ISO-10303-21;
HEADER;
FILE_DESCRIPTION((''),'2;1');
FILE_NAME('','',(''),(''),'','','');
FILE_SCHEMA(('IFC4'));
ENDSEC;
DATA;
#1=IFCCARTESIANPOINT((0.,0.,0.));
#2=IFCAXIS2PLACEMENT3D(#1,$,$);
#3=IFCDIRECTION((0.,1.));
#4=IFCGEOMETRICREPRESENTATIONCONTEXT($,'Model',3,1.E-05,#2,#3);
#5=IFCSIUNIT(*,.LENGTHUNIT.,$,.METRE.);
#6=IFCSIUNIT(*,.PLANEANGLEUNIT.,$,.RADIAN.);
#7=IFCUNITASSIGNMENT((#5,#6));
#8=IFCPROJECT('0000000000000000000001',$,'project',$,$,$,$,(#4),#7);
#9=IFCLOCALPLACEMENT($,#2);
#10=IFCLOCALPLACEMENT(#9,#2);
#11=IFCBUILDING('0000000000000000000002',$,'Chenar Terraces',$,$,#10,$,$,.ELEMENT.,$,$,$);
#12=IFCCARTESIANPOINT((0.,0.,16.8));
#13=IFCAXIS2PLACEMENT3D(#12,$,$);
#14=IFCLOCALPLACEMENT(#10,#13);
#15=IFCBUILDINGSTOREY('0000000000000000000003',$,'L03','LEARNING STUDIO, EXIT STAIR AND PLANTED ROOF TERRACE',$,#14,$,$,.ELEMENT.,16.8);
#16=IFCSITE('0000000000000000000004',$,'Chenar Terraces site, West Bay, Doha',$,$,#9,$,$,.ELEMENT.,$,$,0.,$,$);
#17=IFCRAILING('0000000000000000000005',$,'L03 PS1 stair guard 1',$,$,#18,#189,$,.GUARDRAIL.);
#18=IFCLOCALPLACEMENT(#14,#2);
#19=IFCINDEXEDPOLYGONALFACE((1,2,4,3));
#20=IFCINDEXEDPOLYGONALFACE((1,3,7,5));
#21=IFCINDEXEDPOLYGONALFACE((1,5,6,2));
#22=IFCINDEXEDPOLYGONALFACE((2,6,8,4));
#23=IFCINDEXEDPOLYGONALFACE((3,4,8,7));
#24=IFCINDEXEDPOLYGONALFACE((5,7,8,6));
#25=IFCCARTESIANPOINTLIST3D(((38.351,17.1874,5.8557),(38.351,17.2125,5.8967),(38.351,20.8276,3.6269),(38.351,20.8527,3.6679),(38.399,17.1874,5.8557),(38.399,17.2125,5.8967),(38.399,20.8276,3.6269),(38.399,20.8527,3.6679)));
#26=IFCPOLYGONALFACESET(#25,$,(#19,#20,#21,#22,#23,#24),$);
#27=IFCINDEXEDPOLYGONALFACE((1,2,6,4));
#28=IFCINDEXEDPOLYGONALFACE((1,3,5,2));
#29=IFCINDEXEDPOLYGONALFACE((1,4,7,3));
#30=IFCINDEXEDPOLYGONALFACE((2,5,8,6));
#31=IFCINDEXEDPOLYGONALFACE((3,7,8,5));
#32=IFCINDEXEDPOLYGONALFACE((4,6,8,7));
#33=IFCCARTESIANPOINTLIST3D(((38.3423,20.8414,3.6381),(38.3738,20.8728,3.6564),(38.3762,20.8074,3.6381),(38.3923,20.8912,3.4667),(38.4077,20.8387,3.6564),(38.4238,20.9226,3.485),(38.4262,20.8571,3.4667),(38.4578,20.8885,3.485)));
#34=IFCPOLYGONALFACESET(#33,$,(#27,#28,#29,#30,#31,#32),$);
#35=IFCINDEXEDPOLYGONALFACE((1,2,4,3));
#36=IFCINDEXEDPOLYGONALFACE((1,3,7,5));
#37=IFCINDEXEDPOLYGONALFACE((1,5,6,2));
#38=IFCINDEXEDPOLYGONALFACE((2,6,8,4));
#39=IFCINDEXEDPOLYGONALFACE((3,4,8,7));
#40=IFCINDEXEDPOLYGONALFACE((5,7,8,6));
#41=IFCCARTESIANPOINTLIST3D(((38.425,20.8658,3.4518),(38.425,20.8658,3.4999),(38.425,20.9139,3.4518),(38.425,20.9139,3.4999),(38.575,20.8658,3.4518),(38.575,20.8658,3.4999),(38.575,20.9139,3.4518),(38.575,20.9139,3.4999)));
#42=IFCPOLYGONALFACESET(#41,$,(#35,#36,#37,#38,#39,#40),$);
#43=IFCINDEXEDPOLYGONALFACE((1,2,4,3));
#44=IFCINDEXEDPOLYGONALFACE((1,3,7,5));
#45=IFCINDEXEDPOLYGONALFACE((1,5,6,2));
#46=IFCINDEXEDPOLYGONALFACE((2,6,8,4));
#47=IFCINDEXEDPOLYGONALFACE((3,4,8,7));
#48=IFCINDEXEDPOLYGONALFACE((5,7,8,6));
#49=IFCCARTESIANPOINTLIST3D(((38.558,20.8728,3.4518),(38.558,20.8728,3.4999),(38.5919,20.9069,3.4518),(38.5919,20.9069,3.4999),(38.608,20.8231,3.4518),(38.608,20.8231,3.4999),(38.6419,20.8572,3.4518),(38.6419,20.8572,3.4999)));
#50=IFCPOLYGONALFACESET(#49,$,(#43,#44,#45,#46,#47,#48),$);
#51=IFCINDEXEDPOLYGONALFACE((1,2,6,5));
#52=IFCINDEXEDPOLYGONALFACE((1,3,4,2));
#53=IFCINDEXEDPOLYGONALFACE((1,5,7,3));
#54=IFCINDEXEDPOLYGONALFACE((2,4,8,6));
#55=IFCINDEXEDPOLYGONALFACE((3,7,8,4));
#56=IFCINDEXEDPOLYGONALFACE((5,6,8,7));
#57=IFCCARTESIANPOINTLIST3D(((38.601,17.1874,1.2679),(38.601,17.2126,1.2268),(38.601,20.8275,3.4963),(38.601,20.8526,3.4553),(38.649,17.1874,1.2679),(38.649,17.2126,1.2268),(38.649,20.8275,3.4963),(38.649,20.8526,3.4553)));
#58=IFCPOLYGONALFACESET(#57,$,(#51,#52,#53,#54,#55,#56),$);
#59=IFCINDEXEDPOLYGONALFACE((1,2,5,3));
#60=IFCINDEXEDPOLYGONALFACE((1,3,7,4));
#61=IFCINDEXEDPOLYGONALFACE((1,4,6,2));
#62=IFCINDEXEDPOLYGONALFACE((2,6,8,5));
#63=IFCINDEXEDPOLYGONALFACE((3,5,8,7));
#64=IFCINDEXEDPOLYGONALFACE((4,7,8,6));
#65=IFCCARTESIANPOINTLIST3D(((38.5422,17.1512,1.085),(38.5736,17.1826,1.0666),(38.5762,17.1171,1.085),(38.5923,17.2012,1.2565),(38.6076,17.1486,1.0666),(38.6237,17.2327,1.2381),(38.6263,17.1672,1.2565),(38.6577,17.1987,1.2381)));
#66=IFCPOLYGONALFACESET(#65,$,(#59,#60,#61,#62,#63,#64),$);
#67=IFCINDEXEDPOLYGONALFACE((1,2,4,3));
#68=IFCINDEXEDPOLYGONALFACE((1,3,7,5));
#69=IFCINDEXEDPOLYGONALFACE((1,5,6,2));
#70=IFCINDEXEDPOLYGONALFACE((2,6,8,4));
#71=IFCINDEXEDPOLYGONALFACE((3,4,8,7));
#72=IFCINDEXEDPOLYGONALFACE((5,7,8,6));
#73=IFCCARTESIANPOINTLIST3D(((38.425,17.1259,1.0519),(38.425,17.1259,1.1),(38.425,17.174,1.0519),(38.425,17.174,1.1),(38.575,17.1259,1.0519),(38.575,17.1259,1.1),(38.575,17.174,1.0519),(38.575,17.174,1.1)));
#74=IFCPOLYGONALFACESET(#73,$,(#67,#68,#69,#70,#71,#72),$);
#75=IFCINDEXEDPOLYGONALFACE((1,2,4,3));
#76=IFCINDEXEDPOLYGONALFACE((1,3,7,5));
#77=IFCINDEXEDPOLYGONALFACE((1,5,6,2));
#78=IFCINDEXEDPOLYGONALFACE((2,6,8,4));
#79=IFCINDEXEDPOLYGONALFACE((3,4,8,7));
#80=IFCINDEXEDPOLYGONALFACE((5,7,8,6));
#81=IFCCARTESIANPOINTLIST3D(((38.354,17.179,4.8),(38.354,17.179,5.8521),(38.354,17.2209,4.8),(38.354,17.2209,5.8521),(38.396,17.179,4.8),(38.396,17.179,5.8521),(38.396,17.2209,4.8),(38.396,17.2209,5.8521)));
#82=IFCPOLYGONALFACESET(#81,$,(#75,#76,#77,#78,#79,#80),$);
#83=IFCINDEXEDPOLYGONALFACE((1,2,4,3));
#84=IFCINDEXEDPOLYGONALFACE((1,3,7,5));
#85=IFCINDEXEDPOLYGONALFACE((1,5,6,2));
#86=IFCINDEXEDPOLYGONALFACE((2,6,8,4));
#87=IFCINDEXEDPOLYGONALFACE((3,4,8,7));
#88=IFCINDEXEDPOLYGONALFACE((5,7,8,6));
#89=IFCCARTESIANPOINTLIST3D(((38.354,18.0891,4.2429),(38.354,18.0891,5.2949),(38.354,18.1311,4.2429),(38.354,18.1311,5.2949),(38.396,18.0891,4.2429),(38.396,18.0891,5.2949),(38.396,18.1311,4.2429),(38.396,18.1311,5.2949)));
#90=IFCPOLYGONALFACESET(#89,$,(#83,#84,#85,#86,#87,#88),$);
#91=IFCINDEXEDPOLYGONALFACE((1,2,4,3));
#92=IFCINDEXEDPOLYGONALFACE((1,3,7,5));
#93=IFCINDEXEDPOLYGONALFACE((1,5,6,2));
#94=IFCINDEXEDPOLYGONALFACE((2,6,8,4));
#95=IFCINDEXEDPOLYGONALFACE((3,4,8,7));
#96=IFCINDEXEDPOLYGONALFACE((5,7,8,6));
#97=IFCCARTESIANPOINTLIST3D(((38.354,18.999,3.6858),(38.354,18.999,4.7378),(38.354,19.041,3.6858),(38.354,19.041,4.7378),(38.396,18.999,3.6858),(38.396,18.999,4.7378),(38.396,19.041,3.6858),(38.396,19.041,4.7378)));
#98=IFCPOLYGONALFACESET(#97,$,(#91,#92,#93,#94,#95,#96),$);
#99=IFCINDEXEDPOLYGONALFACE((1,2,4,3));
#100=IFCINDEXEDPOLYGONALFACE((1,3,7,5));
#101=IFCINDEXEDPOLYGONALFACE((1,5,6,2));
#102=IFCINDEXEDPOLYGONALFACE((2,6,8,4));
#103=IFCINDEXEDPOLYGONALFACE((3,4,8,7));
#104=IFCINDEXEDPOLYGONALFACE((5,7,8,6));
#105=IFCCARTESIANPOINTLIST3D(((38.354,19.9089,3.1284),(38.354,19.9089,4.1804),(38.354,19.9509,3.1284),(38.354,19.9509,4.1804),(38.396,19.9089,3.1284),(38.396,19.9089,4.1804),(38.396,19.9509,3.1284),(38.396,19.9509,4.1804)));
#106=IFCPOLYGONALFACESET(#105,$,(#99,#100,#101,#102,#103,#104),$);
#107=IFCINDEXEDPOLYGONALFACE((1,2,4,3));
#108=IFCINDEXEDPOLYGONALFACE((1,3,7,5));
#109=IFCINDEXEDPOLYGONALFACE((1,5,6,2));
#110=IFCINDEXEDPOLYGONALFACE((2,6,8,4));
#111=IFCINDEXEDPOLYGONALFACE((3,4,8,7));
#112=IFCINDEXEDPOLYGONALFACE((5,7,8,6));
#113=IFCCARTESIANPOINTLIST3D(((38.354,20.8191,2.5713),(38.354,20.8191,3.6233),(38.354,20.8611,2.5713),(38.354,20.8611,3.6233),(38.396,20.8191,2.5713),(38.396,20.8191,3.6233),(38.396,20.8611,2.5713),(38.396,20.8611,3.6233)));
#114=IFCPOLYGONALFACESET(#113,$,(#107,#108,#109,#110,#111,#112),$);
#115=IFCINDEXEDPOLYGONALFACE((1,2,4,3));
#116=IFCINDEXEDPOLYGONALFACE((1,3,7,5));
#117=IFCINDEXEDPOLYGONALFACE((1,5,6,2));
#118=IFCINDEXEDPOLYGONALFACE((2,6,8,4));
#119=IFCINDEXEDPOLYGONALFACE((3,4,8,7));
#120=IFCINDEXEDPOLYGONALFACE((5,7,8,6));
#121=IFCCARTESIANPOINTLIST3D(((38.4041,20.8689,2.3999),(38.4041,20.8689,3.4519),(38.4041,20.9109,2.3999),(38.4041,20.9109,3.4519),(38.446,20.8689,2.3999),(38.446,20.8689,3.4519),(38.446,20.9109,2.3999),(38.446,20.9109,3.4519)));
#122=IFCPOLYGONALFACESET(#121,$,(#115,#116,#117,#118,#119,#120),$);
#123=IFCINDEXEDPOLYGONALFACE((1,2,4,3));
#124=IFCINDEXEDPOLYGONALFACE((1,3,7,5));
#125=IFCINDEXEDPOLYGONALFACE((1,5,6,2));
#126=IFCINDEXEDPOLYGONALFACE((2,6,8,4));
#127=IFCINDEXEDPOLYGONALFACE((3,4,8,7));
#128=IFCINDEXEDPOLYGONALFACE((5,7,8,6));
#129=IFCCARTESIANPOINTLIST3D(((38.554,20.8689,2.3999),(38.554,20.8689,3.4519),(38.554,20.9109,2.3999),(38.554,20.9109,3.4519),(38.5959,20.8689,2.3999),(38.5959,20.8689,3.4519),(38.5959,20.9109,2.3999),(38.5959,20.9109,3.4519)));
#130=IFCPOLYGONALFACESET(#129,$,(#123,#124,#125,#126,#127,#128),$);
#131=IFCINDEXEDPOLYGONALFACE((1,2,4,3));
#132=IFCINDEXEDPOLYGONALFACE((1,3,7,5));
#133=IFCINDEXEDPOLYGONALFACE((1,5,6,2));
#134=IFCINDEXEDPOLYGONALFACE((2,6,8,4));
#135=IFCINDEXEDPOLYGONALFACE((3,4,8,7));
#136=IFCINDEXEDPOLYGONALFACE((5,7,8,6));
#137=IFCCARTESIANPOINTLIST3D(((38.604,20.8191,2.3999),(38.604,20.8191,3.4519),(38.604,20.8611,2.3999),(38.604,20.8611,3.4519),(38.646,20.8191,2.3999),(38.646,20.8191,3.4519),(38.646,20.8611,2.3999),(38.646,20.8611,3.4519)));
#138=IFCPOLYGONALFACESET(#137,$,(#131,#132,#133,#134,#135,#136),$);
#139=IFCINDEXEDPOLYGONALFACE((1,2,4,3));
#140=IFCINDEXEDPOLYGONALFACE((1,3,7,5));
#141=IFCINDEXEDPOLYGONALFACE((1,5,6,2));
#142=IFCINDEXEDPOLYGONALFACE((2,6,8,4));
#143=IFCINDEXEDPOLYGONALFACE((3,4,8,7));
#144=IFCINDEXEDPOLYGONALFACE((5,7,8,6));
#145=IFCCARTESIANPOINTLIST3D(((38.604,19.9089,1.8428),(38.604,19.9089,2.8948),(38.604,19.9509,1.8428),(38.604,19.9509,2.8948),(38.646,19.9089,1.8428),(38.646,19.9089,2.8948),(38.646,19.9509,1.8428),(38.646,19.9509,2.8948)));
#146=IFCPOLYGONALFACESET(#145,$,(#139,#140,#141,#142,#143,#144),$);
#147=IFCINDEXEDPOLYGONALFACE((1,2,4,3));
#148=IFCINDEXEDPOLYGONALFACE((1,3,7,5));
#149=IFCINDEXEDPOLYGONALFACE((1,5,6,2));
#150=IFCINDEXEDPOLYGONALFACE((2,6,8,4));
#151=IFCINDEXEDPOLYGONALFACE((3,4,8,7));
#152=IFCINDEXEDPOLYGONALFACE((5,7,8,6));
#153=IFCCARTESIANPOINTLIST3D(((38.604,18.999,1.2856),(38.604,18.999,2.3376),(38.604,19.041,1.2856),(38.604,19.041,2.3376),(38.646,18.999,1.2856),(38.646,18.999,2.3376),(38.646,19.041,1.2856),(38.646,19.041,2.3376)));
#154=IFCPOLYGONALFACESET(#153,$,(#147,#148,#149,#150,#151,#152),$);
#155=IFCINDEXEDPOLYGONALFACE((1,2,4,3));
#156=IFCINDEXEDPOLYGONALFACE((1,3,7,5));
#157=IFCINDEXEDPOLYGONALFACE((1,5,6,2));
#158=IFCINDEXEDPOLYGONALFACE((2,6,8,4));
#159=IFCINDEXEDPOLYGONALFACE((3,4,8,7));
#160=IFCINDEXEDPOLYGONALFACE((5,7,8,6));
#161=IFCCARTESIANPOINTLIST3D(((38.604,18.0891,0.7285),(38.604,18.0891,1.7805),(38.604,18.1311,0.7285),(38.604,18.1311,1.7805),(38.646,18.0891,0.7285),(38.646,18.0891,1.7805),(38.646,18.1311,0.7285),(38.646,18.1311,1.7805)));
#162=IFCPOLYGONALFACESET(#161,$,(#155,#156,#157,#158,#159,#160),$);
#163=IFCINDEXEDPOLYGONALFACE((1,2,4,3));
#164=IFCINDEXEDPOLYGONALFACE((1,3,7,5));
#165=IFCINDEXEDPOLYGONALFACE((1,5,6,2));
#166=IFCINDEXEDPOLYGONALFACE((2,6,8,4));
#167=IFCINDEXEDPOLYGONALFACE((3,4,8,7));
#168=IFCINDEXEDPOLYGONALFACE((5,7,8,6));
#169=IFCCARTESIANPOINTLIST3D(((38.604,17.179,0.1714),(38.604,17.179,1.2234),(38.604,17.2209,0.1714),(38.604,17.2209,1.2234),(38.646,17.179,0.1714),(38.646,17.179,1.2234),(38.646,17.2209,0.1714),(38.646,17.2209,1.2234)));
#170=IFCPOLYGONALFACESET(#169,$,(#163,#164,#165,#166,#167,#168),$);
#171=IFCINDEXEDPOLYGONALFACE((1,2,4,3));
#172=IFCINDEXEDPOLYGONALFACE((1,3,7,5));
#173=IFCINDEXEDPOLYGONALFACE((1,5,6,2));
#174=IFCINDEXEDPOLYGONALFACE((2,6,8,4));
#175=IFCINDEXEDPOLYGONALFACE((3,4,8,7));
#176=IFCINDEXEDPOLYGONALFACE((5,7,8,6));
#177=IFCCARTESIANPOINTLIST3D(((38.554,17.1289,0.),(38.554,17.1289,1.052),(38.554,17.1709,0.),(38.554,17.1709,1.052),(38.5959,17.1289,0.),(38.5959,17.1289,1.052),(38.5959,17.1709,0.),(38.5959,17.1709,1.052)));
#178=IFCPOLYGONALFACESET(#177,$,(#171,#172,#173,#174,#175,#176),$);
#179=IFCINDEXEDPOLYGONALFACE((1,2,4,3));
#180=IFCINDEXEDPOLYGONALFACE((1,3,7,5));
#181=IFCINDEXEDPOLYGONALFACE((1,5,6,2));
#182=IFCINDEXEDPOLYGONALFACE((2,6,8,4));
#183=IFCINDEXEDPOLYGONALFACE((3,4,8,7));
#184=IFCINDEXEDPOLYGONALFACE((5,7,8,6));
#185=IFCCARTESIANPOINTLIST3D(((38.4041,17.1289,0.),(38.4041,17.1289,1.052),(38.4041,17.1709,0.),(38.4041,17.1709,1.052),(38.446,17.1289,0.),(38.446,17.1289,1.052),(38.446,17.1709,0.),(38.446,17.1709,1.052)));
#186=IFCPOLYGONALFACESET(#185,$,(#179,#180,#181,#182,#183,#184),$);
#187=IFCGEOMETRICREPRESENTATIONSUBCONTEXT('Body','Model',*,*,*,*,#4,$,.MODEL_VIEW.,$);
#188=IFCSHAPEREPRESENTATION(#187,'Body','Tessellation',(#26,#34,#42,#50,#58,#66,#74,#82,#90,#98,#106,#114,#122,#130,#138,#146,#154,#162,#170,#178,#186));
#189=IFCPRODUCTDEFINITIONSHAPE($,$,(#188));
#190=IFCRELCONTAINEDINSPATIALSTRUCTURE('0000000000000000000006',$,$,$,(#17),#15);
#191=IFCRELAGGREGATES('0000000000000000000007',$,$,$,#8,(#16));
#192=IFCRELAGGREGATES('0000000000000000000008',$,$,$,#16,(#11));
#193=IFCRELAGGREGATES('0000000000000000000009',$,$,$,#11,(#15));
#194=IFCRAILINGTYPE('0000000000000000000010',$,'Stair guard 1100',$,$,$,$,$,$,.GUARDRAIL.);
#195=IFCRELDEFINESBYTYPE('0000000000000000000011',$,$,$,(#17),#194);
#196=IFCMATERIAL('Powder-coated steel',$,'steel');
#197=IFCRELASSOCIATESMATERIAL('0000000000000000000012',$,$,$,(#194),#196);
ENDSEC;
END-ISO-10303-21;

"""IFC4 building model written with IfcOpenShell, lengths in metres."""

from ifc_helpers import new_model, si_unit, direction, frame, origin, origin_2d, place, context, subcontext, project, spatial, rectangle, extrude, material, type_object, element, save


model = new_model("IFC4")

# Units and contexts
model_context = context("Model", 3, precision=1e-05, world=origin(), true_north=direction((0.0, 1.0)))
body_context = subcontext(model_context, "Body", "Model", "MODEL_VIEW")
ifc_project = project(units=[si_unit("LENGTHUNIT", "METRE"), si_unit("PLANEANGLEUNIT", "RADIAN")], contexts=[model_context])

# Site, building, storey
site_placement = place(None, origin())
site = spatial("IfcSite", under=ifc_project, at=site_placement, Name="Chenar Terraces site, West Bay, Doha", CompositionType="ELEMENT", RefElevation=0.0)
building_placement = place(site_placement, origin())
building = spatial("IfcBuilding", under=site, at=building_placement, Name="Chenar Terraces", CompositionType="ELEMENT")
storey_placement = place(building_placement, frame((0.0, 0.0, 16.8)))
storey = spatial("IfcBuildingStorey", under=building, at=storey_placement, Name="L03", Description="LEARNING STUDIO, EXIT STAIR AND PLANTED ROOF TERRACE", CompositionType="ELEMENT", Elevation=16.8)

# Railing
ifc_material_1 = material(Name="Powder-coated steel", Category="steel")
railing_type_1 = type_object("IfcRailingType", Name="Stair guard 1100", PredefinedType="GUARDRAIL", material=ifc_material_1)
railing_1_placement = place(storey_placement, frame((38.375, 17.2, 4.8)))
element("IfcRailing", 1, at=railing_1_placement, inside=storey, type_object=railing_type_1, Name="L03 PS1 stair guard 1", PredefinedType="GUARDRAIL", context=body_context, shape_type="SweptSolid", body=[
    extrude(rectangle(XDim=0.0481, YDim=0.0481, at=origin_2d()), frame((0.0, 0.0, 1.0762), z_axis=(0.0, 0.85284, -0.522172), x_axis=(-1.0, 0.0, 0.0)), (0.0, 0.0, 1.0), 4.2683),
    extrude(rectangle(XDim=0.0481, YDim=0.0481, at=origin_2d()), frame((0.0, 3.6401, -1.1528), z_axis=(0.270007, 0.26869, -0.924609), x_axis=(-0.705376, 0.708834, 0.0)), (0.0, 0.0, 1.0), 0.1853),
    extrude(rectangle(XDim=0.0481, YDim=0.0481, at=origin_2d()), frame((0.05, 3.6899, -1.3242), z_axis=(1.0, 0.0, 0.0), x_axis=(0.0, 1.0, 0.0)), (0.0, 0.0, 1.0), 0.1499),
    extrude(rectangle(XDim=0.0481, YDim=0.0481, at=origin_2d()), frame((0.2, 3.6899, -1.3242), z_axis=(0.708834, -0.705376, 0.0), x_axis=(0.705376, 0.708834, 0.0)), (0.0, 0.0, 1.0), 0.0706),
    extrude(rectangle(XDim=0.0481, YDim=0.0481, at=origin_2d()), frame((0.25, 3.6401, -1.3242), z_axis=(0.0, -0.852866, -0.52213), x_axis=(1.0, 0.0, 0.0)), (0.0, 0.0, 1.0), 4.2681),
    extrude(rectangle(XDim=0.0481, YDim=0.0481, at=origin_2d()), frame((0.25, 0.0, -3.5527), z_axis=(-0.269911, -0.269911, -0.924281), x_axis=(0.707107, -0.707107, 0.0)), (0.0, 0.0, 1.0), 0.1855),
    extrude(rectangle(XDim=0.0481, YDim=0.0481, at=origin_2d()), frame((0.2, -0.05, -3.7241), z_axis=(-1.0, 0.0, 0.0), x_axis=(0.0, -1.0, 0.0)), (0.0, 0.0, 1.0), 0.1499),
    extrude(rectangle(XDim=0.042, YDim=0.042, at=origin_2d()), origin(), (0.0, 0.0, 1.0), 1.052),
    extrude(rectangle(XDim=0.042, YDim=0.042, at=origin_2d()), frame((0.0, 0.9102, -0.5571)), (0.0, 0.0, 1.0), 1.052),
    extrude(rectangle(XDim=0.042, YDim=0.042, at=origin_2d()), frame((0.0, 1.8201, -1.1143)), (0.0, 0.0, 1.0), 1.052),
    extrude(rectangle(XDim=0.042, YDim=0.042, at=origin_2d()), frame((0.0, 2.73, -1.6716)), (0.0, 0.0, 1.0), 1.052),
    extrude(rectangle(XDim=0.042, YDim=0.042, at=origin_2d()), frame((0.0, 3.6401, -2.2288)), (0.0, 0.0, 1.0), 1.052),
    extrude(rectangle(XDim=0.042, YDim=0.042, at=origin_2d()), frame((0.05, 3.6899, -2.4001)), (0.0, 0.0, 1.0), 1.052),
    extrude(rectangle(XDim=0.042, YDim=0.042, at=origin_2d()), frame((0.2, 3.6899, -2.4001)), (0.0, 0.0, 1.0), 1.052),
    extrude(rectangle(XDim=0.042, YDim=0.042, at=origin_2d()), frame((0.25, 3.6401, -2.4001)), (0.0, 0.0, 1.0), 1.052),
    extrude(rectangle(XDim=0.042, YDim=0.042, at=origin_2d()), frame((0.25, 2.73, -2.9573)), (0.0, 0.0, 1.0), 1.052),
    extrude(rectangle(XDim=0.042, YDim=0.042, at=origin_2d()), frame((0.25, 1.8201, -3.5144)), (0.0, 0.0, 1.0), 1.052),
    extrude(rectangle(XDim=0.042, YDim=0.042, at=origin_2d()), frame((0.25, 0.9102, -4.0715)), (0.0, 0.0, 1.0), 1.052),
    extrude(rectangle(XDim=0.042, YDim=0.042, at=origin_2d()), frame((0.25, 0.0, -4.6287)), (0.0, 0.0, 1.0), 1.052),
    extrude(rectangle(XDim=0.042, YDim=0.042, at=origin_2d()), frame((0.2, -0.05, -4.8)), (0.0, 0.0, 1.0), 1.052),
    extrude(rectangle(XDim=0.042, YDim=0.042, at=origin_2d()), frame((0.05, -0.05, -4.8)), (0.0, 0.0, 1.0), 1.052),
])

save(model, "model.ifc")
